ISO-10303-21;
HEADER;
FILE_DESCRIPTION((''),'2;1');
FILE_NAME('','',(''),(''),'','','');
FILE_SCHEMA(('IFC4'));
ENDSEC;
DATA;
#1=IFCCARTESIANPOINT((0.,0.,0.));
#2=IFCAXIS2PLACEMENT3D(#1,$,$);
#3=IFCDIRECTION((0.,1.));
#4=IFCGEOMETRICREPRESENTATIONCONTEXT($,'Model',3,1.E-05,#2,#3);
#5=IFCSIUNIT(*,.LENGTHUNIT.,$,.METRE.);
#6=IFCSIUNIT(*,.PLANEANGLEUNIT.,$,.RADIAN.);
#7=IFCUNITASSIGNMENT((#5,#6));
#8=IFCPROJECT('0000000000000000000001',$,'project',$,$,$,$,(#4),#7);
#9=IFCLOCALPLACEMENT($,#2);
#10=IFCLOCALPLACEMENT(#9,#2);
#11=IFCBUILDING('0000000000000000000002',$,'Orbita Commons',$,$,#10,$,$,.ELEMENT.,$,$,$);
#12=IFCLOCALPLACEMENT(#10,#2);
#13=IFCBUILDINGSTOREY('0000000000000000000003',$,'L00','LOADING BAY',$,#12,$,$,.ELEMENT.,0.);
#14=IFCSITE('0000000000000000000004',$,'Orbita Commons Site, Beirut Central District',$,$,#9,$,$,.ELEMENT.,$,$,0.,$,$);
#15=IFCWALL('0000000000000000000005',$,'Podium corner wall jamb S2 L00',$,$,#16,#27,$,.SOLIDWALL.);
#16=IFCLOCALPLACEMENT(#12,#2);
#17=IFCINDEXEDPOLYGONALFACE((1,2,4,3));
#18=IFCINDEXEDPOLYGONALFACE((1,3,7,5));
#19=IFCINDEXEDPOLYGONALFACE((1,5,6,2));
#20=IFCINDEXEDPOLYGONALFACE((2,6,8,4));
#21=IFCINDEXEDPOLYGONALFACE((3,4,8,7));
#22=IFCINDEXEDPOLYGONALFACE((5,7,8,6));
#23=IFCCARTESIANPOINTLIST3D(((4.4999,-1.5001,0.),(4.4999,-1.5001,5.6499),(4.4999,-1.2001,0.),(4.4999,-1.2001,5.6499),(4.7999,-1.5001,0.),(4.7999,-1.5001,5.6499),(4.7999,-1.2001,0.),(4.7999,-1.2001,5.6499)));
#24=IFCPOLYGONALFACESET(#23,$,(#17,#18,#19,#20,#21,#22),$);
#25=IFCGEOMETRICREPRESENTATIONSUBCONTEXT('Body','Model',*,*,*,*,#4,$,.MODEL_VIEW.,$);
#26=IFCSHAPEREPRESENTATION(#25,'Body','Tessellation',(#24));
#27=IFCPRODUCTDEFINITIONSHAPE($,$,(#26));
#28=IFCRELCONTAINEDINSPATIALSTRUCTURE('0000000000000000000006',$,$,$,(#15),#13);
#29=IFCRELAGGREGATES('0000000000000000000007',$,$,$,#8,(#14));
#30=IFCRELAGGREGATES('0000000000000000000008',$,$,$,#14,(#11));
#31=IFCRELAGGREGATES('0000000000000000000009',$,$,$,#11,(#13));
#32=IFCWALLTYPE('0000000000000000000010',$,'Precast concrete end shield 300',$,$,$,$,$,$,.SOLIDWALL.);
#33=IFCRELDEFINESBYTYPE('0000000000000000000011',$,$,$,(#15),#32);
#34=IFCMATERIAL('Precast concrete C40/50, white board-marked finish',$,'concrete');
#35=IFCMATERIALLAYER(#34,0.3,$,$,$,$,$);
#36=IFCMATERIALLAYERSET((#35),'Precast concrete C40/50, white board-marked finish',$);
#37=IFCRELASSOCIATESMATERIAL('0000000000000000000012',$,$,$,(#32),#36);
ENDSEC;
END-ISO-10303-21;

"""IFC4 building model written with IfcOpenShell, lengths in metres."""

from ifc_helpers import new_model, si_unit, direction, frame, frame_2d, origin, place, context, subcontext, project, spatial, rectangle, extrude, material, layer, layer_set, type_object, element, save


model = new_model("IFC4")

# Units and contexts
model_context = context("Model", 3, precision=1e-05, world=origin(), true_north=direction((0.0, 1.0)))
body_context = subcontext(model_context, "Body", "Model", "MODEL_VIEW")
ifc_project = project(units=[si_unit("LENGTHUNIT", "METRE"), si_unit("PLANEANGLEUNIT", "RADIAN")], contexts=[model_context])

# Site, building, storey
site_placement = place(None, origin())
site = spatial("IfcSite", under=ifc_project, at=site_placement, Name="Orbita Commons Site, Beirut Central District", CompositionType="ELEMENT", RefElevation=0.0)
building_placement = place(site_placement, origin())
building = spatial("IfcBuilding", under=site, at=building_placement, Name="Orbita Commons", CompositionType="ELEMENT")
storey_placement = place(building_placement, origin())
storey = spatial("IfcBuildingStorey", under=building, at=storey_placement, Name="L00", Description="LOADING BAY", CompositionType="ELEMENT", Elevation=0.0)

# Wall
ifc_material_1 = material(Name="Precast concrete C40/50, white board-marked finish", Category="concrete")
ifc_layer_1 = layer(ifc_material_1, 0.3)
ifc_layer_set_1 = layer_set([ifc_layer_1], Name="Precast concrete C40/50, white board-marked finish")
wall_type = type_object("IfcWallType", Name="Precast concrete end shield 300", PredefinedType="SOLIDWALL", material=ifc_layer_set_1)
wall_1_placement = place(storey_placement, frame((4.5, -1.3501, 0.0), z_axis=(0.0, 0.0, 1.0), x_axis=(1.0, 0.0, 0.0)))
element("IfcWall", 1, at=wall_1_placement, inside=storey, type_object=wall_type, Name="Podium corner wall jamb S2 L00", PredefinedType="SOLIDWALL", context=body_context, shape_type="SweptSolid", body=[
    extrude(rectangle(XDim=0.3, YDim=0.3, at=frame_2d((0.1499, 0.0))), origin(), (0.0, 0.0, 1.0), 5.6499),
])

save(model, "model.ifc")
